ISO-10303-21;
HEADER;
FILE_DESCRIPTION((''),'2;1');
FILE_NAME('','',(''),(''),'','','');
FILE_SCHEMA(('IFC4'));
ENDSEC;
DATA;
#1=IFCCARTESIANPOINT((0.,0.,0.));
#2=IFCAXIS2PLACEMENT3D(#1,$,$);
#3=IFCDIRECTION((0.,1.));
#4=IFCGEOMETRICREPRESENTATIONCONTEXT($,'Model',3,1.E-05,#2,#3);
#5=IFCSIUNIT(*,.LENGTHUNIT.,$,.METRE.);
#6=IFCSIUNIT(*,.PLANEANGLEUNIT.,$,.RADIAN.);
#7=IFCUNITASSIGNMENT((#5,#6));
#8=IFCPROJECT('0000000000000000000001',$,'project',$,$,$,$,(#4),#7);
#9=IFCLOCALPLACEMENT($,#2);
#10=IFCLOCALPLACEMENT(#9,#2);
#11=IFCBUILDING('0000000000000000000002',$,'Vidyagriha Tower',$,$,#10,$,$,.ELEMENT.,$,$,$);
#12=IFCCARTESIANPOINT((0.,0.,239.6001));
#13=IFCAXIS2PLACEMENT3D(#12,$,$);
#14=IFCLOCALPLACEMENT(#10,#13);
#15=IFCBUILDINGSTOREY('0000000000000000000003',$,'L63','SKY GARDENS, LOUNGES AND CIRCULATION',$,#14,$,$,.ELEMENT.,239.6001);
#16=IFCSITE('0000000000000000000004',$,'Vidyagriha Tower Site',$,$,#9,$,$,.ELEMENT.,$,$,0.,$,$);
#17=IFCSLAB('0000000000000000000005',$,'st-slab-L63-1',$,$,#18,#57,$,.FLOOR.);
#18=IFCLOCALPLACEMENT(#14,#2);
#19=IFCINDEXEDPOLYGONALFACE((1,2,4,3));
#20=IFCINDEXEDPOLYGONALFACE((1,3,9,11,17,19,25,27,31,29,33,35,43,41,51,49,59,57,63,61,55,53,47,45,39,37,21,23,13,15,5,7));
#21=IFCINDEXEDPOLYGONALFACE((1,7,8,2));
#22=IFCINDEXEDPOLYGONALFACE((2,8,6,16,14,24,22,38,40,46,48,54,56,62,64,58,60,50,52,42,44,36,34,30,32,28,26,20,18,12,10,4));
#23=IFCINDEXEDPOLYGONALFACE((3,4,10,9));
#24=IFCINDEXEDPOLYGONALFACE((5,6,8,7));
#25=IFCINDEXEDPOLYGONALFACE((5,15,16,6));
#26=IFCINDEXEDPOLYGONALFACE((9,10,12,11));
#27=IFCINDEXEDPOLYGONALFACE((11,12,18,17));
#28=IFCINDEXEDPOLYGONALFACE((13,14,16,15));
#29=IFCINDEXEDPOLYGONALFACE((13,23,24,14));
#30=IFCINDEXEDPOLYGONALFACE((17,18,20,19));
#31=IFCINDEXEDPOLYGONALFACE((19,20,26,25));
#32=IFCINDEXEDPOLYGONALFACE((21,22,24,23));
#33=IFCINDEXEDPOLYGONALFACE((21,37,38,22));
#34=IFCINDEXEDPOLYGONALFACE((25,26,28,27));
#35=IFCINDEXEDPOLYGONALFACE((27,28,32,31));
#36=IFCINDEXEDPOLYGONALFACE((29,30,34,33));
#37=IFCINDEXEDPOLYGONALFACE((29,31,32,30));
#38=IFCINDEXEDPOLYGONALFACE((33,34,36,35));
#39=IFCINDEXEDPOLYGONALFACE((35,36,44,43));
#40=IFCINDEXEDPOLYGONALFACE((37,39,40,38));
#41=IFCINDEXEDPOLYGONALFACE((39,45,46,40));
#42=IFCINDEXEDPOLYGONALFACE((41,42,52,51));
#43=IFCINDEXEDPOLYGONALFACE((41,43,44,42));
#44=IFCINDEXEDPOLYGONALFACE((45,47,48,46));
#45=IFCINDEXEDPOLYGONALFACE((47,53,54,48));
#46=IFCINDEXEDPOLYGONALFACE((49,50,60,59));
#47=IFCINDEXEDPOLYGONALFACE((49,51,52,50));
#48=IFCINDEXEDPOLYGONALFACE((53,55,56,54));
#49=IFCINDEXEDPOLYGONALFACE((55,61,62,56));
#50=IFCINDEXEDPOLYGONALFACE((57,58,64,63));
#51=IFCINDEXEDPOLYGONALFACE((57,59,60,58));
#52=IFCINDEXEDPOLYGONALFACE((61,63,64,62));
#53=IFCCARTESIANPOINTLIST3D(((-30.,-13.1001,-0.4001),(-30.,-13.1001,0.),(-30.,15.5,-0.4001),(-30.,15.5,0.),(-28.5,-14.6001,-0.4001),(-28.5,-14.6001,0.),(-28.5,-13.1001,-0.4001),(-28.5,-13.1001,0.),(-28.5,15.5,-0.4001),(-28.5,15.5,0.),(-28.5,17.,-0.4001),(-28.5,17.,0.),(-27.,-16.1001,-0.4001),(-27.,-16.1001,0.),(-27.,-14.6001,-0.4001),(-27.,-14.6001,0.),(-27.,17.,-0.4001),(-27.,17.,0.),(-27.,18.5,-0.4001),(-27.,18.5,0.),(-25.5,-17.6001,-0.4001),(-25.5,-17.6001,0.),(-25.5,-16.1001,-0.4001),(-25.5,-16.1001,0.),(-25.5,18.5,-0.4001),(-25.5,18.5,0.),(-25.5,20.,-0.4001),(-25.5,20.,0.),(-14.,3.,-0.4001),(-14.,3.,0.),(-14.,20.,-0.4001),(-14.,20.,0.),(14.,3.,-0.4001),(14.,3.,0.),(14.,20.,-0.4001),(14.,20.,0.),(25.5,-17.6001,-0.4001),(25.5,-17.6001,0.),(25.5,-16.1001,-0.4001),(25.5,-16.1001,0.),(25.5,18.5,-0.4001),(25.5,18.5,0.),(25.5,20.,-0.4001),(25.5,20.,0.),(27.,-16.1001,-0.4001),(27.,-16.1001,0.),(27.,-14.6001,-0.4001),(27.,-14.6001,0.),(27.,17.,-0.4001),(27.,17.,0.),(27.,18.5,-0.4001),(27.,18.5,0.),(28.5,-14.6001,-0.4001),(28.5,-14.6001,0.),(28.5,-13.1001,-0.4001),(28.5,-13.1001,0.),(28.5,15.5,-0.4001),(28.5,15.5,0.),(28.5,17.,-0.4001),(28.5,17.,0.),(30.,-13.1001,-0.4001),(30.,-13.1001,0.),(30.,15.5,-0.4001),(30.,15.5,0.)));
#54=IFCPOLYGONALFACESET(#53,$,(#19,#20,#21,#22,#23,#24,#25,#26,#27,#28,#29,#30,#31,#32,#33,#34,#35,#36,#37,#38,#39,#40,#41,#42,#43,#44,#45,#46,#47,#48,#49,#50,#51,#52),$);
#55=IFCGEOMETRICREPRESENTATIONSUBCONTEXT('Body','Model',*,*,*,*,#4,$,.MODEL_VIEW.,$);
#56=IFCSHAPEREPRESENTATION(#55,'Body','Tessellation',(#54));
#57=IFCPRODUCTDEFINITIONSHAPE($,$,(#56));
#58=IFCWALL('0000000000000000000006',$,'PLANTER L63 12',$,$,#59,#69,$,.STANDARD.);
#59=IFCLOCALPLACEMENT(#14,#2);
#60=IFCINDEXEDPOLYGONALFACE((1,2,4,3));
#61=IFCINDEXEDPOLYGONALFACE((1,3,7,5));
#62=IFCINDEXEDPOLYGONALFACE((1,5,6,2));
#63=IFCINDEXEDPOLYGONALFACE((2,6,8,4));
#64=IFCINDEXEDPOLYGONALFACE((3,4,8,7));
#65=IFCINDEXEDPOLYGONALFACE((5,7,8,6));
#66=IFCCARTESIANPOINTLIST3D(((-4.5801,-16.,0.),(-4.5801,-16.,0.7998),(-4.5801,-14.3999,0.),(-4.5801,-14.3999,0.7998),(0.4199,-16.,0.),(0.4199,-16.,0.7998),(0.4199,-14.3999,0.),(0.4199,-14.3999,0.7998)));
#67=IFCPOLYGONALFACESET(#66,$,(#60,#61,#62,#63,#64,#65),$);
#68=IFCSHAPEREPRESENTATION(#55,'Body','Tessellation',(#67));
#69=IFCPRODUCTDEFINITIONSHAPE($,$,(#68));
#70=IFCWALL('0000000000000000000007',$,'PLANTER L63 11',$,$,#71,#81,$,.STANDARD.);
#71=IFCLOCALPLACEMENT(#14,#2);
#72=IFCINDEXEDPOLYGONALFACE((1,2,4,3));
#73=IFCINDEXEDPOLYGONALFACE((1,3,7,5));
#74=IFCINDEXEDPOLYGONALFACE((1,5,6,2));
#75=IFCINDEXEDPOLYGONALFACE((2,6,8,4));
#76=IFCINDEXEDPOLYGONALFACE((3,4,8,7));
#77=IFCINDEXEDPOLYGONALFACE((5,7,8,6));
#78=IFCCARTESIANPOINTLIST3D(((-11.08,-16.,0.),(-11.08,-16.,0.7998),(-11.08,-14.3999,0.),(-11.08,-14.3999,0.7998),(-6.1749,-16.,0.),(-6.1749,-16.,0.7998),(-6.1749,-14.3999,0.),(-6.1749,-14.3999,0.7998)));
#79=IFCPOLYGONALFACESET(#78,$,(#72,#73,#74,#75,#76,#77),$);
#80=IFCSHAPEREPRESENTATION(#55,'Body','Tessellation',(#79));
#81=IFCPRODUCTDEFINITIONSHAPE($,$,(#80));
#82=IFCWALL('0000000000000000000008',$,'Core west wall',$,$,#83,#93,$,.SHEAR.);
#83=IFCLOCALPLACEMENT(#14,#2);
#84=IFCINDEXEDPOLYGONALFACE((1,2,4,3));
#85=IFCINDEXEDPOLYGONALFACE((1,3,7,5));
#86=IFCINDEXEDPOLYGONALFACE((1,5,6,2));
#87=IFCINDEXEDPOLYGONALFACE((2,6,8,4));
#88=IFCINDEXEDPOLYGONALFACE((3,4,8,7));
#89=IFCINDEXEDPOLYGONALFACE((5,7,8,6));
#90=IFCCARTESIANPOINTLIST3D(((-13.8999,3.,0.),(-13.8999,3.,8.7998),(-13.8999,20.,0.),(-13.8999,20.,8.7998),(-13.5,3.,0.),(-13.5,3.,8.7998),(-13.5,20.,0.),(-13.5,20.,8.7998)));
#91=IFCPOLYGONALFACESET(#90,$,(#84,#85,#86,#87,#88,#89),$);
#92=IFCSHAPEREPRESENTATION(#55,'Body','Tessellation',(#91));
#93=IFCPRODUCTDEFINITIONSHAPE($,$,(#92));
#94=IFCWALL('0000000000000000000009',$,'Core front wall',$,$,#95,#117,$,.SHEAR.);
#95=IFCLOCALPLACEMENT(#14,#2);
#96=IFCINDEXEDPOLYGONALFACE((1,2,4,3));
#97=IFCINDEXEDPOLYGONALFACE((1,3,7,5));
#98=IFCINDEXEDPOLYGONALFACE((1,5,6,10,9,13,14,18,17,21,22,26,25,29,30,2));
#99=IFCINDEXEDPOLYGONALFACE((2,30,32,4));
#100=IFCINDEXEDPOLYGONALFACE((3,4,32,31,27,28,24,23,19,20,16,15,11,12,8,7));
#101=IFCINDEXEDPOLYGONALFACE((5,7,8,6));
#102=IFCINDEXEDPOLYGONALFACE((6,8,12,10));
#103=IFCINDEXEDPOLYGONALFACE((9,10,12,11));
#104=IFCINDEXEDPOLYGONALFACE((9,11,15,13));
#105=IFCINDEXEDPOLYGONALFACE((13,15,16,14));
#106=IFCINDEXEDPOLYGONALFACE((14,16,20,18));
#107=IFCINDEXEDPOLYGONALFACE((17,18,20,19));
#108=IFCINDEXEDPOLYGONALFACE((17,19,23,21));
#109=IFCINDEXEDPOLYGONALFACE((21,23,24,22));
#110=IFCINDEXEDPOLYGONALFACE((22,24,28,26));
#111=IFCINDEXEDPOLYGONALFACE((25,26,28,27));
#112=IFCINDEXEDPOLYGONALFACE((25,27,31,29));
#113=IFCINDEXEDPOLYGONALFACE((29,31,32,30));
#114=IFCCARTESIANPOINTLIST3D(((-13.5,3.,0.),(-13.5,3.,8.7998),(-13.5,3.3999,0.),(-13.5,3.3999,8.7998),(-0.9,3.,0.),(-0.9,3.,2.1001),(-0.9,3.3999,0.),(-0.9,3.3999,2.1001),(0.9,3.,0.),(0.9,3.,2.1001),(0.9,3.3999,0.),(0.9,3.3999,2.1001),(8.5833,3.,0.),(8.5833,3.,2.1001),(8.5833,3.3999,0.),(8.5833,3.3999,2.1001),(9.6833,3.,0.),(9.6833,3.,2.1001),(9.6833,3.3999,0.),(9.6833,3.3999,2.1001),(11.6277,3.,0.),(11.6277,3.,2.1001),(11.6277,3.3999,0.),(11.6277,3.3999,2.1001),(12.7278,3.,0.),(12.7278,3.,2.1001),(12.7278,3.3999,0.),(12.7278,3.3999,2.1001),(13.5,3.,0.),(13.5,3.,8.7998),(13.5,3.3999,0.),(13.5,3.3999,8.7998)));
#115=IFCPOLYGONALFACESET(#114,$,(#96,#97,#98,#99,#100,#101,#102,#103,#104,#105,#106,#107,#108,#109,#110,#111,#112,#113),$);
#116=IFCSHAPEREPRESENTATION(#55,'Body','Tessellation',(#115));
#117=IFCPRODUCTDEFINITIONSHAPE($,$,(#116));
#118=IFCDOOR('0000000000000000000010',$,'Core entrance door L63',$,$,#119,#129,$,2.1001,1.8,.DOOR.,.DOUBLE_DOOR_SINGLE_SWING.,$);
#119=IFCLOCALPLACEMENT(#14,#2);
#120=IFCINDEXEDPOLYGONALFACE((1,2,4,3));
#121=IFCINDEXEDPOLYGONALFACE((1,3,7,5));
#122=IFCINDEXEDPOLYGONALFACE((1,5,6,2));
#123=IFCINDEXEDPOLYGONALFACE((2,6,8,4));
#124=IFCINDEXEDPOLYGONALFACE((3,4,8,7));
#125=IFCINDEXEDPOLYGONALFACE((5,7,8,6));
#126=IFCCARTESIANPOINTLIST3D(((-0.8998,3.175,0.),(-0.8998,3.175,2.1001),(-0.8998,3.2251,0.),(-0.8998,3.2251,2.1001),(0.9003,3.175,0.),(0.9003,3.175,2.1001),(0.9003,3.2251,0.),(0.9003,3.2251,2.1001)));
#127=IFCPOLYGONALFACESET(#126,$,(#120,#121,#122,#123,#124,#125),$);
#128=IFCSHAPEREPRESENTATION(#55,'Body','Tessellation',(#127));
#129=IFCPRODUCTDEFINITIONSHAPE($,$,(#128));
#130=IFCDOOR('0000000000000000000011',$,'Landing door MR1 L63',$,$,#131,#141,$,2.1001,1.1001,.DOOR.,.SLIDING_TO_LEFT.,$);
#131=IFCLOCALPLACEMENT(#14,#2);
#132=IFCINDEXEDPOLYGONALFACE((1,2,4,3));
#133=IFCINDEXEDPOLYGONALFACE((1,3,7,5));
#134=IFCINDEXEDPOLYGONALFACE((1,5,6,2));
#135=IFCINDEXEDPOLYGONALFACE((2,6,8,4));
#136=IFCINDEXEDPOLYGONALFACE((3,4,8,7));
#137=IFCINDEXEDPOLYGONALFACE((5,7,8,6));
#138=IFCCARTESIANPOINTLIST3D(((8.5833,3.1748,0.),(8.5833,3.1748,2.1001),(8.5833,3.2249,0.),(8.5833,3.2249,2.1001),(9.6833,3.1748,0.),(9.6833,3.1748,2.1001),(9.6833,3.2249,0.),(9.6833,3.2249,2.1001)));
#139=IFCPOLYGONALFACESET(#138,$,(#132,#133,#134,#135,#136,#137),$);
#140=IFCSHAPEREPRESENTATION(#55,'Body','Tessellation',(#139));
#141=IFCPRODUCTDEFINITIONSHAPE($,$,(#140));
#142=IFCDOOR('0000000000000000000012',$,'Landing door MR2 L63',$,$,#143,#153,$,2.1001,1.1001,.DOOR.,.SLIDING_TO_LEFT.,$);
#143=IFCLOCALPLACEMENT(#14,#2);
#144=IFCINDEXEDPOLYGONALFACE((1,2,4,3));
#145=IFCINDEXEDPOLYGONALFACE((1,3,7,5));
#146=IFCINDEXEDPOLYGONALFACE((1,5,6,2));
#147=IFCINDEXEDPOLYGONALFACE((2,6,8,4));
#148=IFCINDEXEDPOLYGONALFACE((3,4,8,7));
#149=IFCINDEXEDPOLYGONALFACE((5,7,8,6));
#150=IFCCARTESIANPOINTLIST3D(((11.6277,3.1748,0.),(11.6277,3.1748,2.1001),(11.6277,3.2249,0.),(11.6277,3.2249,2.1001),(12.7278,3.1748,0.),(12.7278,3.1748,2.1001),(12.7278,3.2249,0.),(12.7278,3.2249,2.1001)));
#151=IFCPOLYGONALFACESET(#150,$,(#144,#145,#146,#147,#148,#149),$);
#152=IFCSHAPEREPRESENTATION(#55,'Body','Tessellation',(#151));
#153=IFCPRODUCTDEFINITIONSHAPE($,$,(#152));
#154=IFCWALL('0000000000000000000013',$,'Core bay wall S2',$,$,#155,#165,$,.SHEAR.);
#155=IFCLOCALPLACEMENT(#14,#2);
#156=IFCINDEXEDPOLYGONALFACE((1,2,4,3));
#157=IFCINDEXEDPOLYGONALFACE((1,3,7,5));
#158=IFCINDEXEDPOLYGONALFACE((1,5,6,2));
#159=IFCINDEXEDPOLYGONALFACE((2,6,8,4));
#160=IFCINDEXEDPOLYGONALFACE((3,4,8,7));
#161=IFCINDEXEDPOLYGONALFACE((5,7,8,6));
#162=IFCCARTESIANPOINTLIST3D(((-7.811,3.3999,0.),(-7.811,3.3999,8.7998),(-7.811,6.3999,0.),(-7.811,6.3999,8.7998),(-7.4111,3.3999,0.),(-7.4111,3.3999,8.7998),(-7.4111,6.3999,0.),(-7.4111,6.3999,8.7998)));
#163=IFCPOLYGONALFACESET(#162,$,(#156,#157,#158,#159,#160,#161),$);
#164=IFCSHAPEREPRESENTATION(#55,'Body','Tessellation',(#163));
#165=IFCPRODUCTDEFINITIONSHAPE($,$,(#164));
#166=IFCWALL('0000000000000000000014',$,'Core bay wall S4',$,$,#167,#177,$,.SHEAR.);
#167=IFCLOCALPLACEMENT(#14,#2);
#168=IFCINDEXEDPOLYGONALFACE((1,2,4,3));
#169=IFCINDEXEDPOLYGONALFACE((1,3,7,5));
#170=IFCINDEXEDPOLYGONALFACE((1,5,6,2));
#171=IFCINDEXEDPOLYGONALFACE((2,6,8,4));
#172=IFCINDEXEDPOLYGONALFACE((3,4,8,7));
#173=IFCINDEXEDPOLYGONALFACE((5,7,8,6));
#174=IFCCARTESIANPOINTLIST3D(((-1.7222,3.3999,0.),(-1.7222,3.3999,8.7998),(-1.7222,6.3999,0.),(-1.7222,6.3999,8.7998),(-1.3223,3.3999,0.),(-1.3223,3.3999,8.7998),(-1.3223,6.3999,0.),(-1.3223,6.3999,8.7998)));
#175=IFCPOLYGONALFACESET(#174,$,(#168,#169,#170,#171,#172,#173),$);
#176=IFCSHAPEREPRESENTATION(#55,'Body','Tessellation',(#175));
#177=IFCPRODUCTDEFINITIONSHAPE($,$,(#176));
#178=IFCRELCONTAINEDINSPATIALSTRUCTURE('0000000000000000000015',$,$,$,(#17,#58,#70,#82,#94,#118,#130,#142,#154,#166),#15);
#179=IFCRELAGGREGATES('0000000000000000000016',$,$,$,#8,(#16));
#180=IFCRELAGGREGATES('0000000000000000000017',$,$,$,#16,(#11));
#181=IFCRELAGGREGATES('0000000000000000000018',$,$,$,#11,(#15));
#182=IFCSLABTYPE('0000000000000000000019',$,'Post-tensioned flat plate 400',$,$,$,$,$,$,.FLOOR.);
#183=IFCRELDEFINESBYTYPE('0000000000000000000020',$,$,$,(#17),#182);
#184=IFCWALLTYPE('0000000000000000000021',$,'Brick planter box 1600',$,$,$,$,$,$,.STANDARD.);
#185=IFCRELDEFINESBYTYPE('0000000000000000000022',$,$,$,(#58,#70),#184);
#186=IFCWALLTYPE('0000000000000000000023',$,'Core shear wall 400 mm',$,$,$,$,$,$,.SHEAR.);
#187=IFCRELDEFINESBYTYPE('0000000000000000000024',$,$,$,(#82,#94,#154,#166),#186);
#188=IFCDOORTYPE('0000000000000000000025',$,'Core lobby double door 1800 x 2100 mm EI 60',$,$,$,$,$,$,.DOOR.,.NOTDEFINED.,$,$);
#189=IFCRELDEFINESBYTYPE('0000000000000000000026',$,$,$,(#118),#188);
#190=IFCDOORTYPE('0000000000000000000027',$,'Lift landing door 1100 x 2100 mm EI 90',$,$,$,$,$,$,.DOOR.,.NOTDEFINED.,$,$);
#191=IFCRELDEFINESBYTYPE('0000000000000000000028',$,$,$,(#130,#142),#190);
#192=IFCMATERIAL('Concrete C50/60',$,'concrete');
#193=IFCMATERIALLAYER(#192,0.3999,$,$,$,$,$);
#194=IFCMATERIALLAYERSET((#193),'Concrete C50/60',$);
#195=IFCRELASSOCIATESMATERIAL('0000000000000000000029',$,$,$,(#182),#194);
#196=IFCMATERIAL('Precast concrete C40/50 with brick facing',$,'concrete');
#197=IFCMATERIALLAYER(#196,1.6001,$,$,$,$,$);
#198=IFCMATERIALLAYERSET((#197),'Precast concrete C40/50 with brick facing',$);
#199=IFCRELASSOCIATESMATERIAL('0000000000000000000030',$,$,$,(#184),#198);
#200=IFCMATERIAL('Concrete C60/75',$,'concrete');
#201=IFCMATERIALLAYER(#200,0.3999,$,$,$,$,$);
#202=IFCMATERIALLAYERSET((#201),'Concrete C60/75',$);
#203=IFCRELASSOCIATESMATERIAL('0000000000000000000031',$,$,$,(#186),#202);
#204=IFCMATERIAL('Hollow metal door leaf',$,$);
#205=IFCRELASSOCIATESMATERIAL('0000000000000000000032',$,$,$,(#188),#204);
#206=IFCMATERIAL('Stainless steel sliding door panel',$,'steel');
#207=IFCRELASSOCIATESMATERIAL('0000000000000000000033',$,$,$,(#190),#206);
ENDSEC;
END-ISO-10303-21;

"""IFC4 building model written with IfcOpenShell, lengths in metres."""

from ifc_helpers import new_model, si_unit, direction, frame, frame_2d, origin, place, context, subcontext, project, spatial, polyline, rectangle, outline, extrude, material, layer, layer_set, type_object, element, fill, save


model = new_model("IFC4")

# Units and contexts
model_context = context("Model", 3, precision=1e-05, world=origin(), true_north=direction((0.0, 1.0)))
body_context = subcontext(model_context, "Body", "Model", "MODEL_VIEW")
ifc_project = project(units=[si_unit("LENGTHUNIT", "METRE"), si_unit("PLANEANGLEUNIT", "RADIAN")], contexts=[model_context])

# Site, building, storey
site_placement = place(None, origin())
site = spatial("IfcSite", under=ifc_project, at=site_placement, Name="Vidyagriha Tower Site", CompositionType="ELEMENT", RefElevation=0.0)
building_placement = place(site_placement, origin())
building = spatial("IfcBuilding", under=site, at=building_placement, Name="Vidyagriha Tower", CompositionType="ELEMENT")
storey_placement = place(building_placement, frame((0.0, 0.0, 239.6001)))
storey = spatial("IfcBuildingStorey", under=building, at=storey_placement, Name="L63", Description="SKY GARDENS, LOUNGES AND CIRCULATION", CompositionType="ELEMENT", Elevation=239.6001)

# Slab
ifc_material_1 = material(Name="Concrete C50/60", Category="concrete")
ifc_layer_1 = layer(ifc_material_1, 0.3999)
ifc_layer_set_1 = layer_set([ifc_layer_1], Name="Concrete C50/60")
slab_type_1 = type_object("IfcSlabType", Name="Post-tensioned flat plate 400", PredefinedType="FLOOR", material=ifc_layer_set_1)
slab_1_placement = place(storey_placement, frame((0.0, 0.0, -0.4001)))
element("IfcSlab", 1, at=slab_1_placement, inside=storey, type_object=slab_type_1, Name="st-slab-L63-1", PredefinedType="FLOOR", context=body_context, shape_type="SweptSolid", body=[
    extrude(outline(polyline([(28.5, -13.1001), (28.5, -14.6001), (27.0, -14.6001), (27.0, -16.1001), (25.5, -16.1001), (25.5, -17.6001), (-25.5, -17.6001), (-25.5, -16.1001), (-27.0, -16.1001), (-27.0, -14.6001), (-28.5, -14.6001), (-28.5, -13.1001), (-30.0, -13.1001), (-30.0, 15.5), (-28.5, 15.5), (-28.5, 17.0), (-27.0, 17.0), (-27.0, 18.5), (-25.5, 18.5), (-25.5, 20.0), (-14.0, 20.0), (-14.0, 3.0), (14.0, 3.0), (14.0, 20.0), (25.5, 20.0), (25.5, 18.5), (27.0, 18.5), (27.0, 17.0), (28.5, 17.0), (28.5, 15.5), (30.0, 15.5), (30.0, -13.1001), (28.5, -13.1001)])), origin(), (0.0, 0.0, 1.0), 0.4001),
])

# Walls
ifc_material_2 = material(Name="Precast concrete C40/50 with brick facing", Category="concrete")
ifc_layer_2 = layer(ifc_material_2, 1.6001)
ifc_layer_set_2 = layer_set([ifc_layer_2], Name="Precast concrete C40/50 with brick facing")
wall_type_1 = type_object("IfcWallType", Name="Brick planter box 1600", PredefinedType="STANDARD", material=ifc_layer_set_2)
wall_1_placement = place(storey_placement, frame((-4.5801, -15.2, 0.0)))
element("IfcWall", 2, at=wall_1_placement, inside=storey, type_object=wall_type_1, Name="PLANTER L63 12", PredefinedType="STANDARD", context=body_context, shape_type="SweptSolid", body=[
    extrude(rectangle(XDim=5.0, YDim=1.6001, at=frame_2d((2.5, 0.0))), origin(), (0.0, 0.0, 1.0), 0.7998),
])
wall_2_placement = place(storey_placement, frame((-11.0801, -15.2, 0.0)))
element("IfcWall", 3, at=wall_2_placement, inside=storey, type_object=wall_type_1, Name="PLANTER L63 11", PredefinedType="STANDARD", context=body_context, shape_type="SweptSolid", body=[
    extrude(rectangle(XDim=4.905, YDim=1.6001, at=frame_2d((2.4526, 0.0))), origin(), (0.0, 0.0, 1.0), 0.7998),
])
ifc_material_3 = material(Name="Concrete C60/75", Category="concrete")
ifc_layer_3 = layer(ifc_material_3, 0.3999)
ifc_layer_set_3 = layer_set([ifc_layer_3], Name="Concrete C60/75")
wall_type_2 = type_object("IfcWallType", Name="Core shear wall 400 mm", PredefinedType="SHEAR", material=ifc_layer_set_3)
wall_3_placement = place(storey_placement, frame((-13.7, 3.0, 0.0), z_axis=(0.0, 0.0, 1.0), x_axis=(0.0, 1.0, 0.0)))
element("IfcWall", 4, at=wall_3_placement, inside=storey, type_object=wall_type_2, Name="Core west wall", PredefinedType="SHEAR", context=body_context, shape_type="SweptSolid", body=[
    extrude(rectangle(XDim=17.0, YDim=0.3999, at=frame_2d((8.5, 0.0))), origin(), (0.0, 0.0, 1.0), 8.7998),
])

# Wall, openings, doors
wall_4_placement = place(storey_placement, frame((-13.5, 3.2, 0.0)))
wall_4 = element("IfcWall", 5, at=wall_4_placement, inside=storey, type_object=wall_type_2, Name="Core front wall", PredefinedType="SHEAR", context=body_context, shape_type="SweptSolid", body=[
    extrude(rectangle(XDim=27.0, YDim=0.3999, at=frame_2d((13.5, 0.0))), origin(), (0.0, 0.0, 1.0), 8.7998),
])
opening_1_placement = place(wall_4_placement, frame((22.0833, 0.0, 0.0)))
opening_1 = element("IfcOpeningElement", 6, at=opening_1_placement, cuts=wall_4, PredefinedType="OPENING", context=body_context, shape_type="SweptSolid", body=[
    extrude(rectangle(XDim=1.1001, YDim=2.1001, at=frame_2d((0.55, 1.05))), frame((0.0, 0.21, 0.0), z_axis=(0.0, -1.0, 0.0), x_axis=(1.0, 0.0, 0.0)), (0.0, 0.0, 1.0), 0.4199),
])
opening_2_placement = place(wall_4_placement, frame((25.1277, 0.0, 0.0)))
opening_2 = element("IfcOpeningElement", 7, at=opening_2_placement, cuts=wall_4, PredefinedType="OPENING", context=body_context, shape_type="SweptSolid", body=[
    extrude(rectangle(XDim=1.1001, YDim=2.1001, at=frame_2d((0.55, 1.05))), frame((0.0, 0.21, 0.0), z_axis=(0.0, -1.0, 0.0), x_axis=(1.0, 0.0, 0.0)), (0.0, 0.0, 1.0), 0.4199),
])
opening_3_placement = place(wall_4_placement, frame((12.6001, 0.0, 0.0)))
opening_3 = element("IfcOpeningElement", 8, at=opening_3_placement, cuts=wall_4, PredefinedType="OPENING", context=body_context, shape_type="SweptSolid", body=[
    extrude(rectangle(XDim=1.8, YDim=2.1001, at=frame_2d((0.8999, 1.05))), frame((0.0, 0.21, 0.0), z_axis=(0.0, -1.0, 0.0), x_axis=(1.0, 0.0, 0.0)), (0.0, 0.0, 1.0), 0.4199),
])
ifc_material_4 = material(Name="Hollow metal door leaf")
door_type_1 = type_object("IfcDoorType", Name="Core lobby double door 1800 x 2100 mm EI 60", OperationType="NOTDEFINED", PredefinedType="DOOR", material=ifc_material_4)
door_1_placement = place(opening_3_placement, frame((1.8, 0.0, 0.0), z_axis=(0.0, 0.0, 1.0), x_axis=(-1.0, 0.0, 0.0)))
door_1 = element("IfcDoor", 9, at=door_1_placement, inside=storey, type_object=door_type_1, Name="Core entrance door L63", OperationType="DOUBLE_DOOR_SINGLE_SWING", OverallHeight=2.1001, OverallWidth=1.8, PredefinedType="DOOR", context=body_context, shape_type="SweptSolid", body=[
    extrude(rectangle(XDim=1.8, YDim=2.1001, at=frame_2d((0.8999, 1.05))), frame((0.0, 0.0249, 0.0), z_axis=(0.0, -1.0, 0.0), x_axis=(1.0, 0.0, 0.0)), (0.0, 0.0, 1.0), 0.05),
])
fill(opening_3, door_1)
ifc_material_5 = material(Name="Stainless steel sliding door panel", Category="steel")
door_type_2 = type_object("IfcDoorType", Name="Lift landing door 1100 x 2100 mm EI 90", OperationType="NOTDEFINED", PredefinedType="DOOR", material=ifc_material_5)
door_2_placement = place(opening_1_placement, origin())
door_2 = element("IfcDoor", 10, at=door_2_placement, inside=storey, type_object=door_type_2, Name="Landing door MR1 L63", OperationType="SLIDING_TO_LEFT", OverallHeight=2.1001, OverallWidth=1.1001, PredefinedType="DOOR", context=body_context, shape_type="SweptSolid", body=[
    extrude(rectangle(XDim=1.1001, YDim=2.1001, at=frame_2d((0.55, 1.05))), frame((0.0, 0.0249, 0.0), z_axis=(0.0, -1.0, 0.0), x_axis=(1.0, 0.0, 0.0)), (0.0, 0.0, 1.0), 0.05),
])
fill(opening_1, door_2)
door_3_placement = place(opening_2_placement, origin())
door_3 = element("IfcDoor", 11, at=door_3_placement, inside=storey, type_object=door_type_2, Name="Landing door MR2 L63", OperationType="SLIDING_TO_LEFT", OverallHeight=2.1001, OverallWidth=1.1001, PredefinedType="DOOR", context=body_context, shape_type="SweptSolid", body=[
    extrude(rectangle(XDim=1.1001, YDim=2.1001, at=frame_2d((0.55, 1.05))), frame((0.0, 0.0249, 0.0), z_axis=(0.0, -1.0, 0.0), x_axis=(1.0, 0.0, 0.0)), (0.0, 0.0, 1.0), 0.05),
])
fill(opening_2, door_3)

# Walls
for number, where, z_axis, x_axis, name in (
    (12, (-7.6111, 3.3999, 0.0), (0.0, 0.0, 1.0), (0.0, 1.0, 0.0), "Core bay wall S2"),
    (13, (-1.5222, 3.3999, 0.0), (0.0, 0.0, 1.0), (0.0, 1.0, 0.0), "Core bay wall S4"),
):
    element("IfcWall", number, at=place(storey_placement, frame(where, z_axis=z_axis, x_axis=x_axis)), inside=storey, type_object=wall_type_2, Name=name, PredefinedType="SHEAR", context=body_context, shape_type="SweptSolid", body=[
        extrude(rectangle(XDim=3.0, YDim=0.3999, at=frame_2d((1.5, 0.0))), origin(), (0.0, 0.0, 1.0), 8.7998),
    ])

save(model, "model.ifc")
